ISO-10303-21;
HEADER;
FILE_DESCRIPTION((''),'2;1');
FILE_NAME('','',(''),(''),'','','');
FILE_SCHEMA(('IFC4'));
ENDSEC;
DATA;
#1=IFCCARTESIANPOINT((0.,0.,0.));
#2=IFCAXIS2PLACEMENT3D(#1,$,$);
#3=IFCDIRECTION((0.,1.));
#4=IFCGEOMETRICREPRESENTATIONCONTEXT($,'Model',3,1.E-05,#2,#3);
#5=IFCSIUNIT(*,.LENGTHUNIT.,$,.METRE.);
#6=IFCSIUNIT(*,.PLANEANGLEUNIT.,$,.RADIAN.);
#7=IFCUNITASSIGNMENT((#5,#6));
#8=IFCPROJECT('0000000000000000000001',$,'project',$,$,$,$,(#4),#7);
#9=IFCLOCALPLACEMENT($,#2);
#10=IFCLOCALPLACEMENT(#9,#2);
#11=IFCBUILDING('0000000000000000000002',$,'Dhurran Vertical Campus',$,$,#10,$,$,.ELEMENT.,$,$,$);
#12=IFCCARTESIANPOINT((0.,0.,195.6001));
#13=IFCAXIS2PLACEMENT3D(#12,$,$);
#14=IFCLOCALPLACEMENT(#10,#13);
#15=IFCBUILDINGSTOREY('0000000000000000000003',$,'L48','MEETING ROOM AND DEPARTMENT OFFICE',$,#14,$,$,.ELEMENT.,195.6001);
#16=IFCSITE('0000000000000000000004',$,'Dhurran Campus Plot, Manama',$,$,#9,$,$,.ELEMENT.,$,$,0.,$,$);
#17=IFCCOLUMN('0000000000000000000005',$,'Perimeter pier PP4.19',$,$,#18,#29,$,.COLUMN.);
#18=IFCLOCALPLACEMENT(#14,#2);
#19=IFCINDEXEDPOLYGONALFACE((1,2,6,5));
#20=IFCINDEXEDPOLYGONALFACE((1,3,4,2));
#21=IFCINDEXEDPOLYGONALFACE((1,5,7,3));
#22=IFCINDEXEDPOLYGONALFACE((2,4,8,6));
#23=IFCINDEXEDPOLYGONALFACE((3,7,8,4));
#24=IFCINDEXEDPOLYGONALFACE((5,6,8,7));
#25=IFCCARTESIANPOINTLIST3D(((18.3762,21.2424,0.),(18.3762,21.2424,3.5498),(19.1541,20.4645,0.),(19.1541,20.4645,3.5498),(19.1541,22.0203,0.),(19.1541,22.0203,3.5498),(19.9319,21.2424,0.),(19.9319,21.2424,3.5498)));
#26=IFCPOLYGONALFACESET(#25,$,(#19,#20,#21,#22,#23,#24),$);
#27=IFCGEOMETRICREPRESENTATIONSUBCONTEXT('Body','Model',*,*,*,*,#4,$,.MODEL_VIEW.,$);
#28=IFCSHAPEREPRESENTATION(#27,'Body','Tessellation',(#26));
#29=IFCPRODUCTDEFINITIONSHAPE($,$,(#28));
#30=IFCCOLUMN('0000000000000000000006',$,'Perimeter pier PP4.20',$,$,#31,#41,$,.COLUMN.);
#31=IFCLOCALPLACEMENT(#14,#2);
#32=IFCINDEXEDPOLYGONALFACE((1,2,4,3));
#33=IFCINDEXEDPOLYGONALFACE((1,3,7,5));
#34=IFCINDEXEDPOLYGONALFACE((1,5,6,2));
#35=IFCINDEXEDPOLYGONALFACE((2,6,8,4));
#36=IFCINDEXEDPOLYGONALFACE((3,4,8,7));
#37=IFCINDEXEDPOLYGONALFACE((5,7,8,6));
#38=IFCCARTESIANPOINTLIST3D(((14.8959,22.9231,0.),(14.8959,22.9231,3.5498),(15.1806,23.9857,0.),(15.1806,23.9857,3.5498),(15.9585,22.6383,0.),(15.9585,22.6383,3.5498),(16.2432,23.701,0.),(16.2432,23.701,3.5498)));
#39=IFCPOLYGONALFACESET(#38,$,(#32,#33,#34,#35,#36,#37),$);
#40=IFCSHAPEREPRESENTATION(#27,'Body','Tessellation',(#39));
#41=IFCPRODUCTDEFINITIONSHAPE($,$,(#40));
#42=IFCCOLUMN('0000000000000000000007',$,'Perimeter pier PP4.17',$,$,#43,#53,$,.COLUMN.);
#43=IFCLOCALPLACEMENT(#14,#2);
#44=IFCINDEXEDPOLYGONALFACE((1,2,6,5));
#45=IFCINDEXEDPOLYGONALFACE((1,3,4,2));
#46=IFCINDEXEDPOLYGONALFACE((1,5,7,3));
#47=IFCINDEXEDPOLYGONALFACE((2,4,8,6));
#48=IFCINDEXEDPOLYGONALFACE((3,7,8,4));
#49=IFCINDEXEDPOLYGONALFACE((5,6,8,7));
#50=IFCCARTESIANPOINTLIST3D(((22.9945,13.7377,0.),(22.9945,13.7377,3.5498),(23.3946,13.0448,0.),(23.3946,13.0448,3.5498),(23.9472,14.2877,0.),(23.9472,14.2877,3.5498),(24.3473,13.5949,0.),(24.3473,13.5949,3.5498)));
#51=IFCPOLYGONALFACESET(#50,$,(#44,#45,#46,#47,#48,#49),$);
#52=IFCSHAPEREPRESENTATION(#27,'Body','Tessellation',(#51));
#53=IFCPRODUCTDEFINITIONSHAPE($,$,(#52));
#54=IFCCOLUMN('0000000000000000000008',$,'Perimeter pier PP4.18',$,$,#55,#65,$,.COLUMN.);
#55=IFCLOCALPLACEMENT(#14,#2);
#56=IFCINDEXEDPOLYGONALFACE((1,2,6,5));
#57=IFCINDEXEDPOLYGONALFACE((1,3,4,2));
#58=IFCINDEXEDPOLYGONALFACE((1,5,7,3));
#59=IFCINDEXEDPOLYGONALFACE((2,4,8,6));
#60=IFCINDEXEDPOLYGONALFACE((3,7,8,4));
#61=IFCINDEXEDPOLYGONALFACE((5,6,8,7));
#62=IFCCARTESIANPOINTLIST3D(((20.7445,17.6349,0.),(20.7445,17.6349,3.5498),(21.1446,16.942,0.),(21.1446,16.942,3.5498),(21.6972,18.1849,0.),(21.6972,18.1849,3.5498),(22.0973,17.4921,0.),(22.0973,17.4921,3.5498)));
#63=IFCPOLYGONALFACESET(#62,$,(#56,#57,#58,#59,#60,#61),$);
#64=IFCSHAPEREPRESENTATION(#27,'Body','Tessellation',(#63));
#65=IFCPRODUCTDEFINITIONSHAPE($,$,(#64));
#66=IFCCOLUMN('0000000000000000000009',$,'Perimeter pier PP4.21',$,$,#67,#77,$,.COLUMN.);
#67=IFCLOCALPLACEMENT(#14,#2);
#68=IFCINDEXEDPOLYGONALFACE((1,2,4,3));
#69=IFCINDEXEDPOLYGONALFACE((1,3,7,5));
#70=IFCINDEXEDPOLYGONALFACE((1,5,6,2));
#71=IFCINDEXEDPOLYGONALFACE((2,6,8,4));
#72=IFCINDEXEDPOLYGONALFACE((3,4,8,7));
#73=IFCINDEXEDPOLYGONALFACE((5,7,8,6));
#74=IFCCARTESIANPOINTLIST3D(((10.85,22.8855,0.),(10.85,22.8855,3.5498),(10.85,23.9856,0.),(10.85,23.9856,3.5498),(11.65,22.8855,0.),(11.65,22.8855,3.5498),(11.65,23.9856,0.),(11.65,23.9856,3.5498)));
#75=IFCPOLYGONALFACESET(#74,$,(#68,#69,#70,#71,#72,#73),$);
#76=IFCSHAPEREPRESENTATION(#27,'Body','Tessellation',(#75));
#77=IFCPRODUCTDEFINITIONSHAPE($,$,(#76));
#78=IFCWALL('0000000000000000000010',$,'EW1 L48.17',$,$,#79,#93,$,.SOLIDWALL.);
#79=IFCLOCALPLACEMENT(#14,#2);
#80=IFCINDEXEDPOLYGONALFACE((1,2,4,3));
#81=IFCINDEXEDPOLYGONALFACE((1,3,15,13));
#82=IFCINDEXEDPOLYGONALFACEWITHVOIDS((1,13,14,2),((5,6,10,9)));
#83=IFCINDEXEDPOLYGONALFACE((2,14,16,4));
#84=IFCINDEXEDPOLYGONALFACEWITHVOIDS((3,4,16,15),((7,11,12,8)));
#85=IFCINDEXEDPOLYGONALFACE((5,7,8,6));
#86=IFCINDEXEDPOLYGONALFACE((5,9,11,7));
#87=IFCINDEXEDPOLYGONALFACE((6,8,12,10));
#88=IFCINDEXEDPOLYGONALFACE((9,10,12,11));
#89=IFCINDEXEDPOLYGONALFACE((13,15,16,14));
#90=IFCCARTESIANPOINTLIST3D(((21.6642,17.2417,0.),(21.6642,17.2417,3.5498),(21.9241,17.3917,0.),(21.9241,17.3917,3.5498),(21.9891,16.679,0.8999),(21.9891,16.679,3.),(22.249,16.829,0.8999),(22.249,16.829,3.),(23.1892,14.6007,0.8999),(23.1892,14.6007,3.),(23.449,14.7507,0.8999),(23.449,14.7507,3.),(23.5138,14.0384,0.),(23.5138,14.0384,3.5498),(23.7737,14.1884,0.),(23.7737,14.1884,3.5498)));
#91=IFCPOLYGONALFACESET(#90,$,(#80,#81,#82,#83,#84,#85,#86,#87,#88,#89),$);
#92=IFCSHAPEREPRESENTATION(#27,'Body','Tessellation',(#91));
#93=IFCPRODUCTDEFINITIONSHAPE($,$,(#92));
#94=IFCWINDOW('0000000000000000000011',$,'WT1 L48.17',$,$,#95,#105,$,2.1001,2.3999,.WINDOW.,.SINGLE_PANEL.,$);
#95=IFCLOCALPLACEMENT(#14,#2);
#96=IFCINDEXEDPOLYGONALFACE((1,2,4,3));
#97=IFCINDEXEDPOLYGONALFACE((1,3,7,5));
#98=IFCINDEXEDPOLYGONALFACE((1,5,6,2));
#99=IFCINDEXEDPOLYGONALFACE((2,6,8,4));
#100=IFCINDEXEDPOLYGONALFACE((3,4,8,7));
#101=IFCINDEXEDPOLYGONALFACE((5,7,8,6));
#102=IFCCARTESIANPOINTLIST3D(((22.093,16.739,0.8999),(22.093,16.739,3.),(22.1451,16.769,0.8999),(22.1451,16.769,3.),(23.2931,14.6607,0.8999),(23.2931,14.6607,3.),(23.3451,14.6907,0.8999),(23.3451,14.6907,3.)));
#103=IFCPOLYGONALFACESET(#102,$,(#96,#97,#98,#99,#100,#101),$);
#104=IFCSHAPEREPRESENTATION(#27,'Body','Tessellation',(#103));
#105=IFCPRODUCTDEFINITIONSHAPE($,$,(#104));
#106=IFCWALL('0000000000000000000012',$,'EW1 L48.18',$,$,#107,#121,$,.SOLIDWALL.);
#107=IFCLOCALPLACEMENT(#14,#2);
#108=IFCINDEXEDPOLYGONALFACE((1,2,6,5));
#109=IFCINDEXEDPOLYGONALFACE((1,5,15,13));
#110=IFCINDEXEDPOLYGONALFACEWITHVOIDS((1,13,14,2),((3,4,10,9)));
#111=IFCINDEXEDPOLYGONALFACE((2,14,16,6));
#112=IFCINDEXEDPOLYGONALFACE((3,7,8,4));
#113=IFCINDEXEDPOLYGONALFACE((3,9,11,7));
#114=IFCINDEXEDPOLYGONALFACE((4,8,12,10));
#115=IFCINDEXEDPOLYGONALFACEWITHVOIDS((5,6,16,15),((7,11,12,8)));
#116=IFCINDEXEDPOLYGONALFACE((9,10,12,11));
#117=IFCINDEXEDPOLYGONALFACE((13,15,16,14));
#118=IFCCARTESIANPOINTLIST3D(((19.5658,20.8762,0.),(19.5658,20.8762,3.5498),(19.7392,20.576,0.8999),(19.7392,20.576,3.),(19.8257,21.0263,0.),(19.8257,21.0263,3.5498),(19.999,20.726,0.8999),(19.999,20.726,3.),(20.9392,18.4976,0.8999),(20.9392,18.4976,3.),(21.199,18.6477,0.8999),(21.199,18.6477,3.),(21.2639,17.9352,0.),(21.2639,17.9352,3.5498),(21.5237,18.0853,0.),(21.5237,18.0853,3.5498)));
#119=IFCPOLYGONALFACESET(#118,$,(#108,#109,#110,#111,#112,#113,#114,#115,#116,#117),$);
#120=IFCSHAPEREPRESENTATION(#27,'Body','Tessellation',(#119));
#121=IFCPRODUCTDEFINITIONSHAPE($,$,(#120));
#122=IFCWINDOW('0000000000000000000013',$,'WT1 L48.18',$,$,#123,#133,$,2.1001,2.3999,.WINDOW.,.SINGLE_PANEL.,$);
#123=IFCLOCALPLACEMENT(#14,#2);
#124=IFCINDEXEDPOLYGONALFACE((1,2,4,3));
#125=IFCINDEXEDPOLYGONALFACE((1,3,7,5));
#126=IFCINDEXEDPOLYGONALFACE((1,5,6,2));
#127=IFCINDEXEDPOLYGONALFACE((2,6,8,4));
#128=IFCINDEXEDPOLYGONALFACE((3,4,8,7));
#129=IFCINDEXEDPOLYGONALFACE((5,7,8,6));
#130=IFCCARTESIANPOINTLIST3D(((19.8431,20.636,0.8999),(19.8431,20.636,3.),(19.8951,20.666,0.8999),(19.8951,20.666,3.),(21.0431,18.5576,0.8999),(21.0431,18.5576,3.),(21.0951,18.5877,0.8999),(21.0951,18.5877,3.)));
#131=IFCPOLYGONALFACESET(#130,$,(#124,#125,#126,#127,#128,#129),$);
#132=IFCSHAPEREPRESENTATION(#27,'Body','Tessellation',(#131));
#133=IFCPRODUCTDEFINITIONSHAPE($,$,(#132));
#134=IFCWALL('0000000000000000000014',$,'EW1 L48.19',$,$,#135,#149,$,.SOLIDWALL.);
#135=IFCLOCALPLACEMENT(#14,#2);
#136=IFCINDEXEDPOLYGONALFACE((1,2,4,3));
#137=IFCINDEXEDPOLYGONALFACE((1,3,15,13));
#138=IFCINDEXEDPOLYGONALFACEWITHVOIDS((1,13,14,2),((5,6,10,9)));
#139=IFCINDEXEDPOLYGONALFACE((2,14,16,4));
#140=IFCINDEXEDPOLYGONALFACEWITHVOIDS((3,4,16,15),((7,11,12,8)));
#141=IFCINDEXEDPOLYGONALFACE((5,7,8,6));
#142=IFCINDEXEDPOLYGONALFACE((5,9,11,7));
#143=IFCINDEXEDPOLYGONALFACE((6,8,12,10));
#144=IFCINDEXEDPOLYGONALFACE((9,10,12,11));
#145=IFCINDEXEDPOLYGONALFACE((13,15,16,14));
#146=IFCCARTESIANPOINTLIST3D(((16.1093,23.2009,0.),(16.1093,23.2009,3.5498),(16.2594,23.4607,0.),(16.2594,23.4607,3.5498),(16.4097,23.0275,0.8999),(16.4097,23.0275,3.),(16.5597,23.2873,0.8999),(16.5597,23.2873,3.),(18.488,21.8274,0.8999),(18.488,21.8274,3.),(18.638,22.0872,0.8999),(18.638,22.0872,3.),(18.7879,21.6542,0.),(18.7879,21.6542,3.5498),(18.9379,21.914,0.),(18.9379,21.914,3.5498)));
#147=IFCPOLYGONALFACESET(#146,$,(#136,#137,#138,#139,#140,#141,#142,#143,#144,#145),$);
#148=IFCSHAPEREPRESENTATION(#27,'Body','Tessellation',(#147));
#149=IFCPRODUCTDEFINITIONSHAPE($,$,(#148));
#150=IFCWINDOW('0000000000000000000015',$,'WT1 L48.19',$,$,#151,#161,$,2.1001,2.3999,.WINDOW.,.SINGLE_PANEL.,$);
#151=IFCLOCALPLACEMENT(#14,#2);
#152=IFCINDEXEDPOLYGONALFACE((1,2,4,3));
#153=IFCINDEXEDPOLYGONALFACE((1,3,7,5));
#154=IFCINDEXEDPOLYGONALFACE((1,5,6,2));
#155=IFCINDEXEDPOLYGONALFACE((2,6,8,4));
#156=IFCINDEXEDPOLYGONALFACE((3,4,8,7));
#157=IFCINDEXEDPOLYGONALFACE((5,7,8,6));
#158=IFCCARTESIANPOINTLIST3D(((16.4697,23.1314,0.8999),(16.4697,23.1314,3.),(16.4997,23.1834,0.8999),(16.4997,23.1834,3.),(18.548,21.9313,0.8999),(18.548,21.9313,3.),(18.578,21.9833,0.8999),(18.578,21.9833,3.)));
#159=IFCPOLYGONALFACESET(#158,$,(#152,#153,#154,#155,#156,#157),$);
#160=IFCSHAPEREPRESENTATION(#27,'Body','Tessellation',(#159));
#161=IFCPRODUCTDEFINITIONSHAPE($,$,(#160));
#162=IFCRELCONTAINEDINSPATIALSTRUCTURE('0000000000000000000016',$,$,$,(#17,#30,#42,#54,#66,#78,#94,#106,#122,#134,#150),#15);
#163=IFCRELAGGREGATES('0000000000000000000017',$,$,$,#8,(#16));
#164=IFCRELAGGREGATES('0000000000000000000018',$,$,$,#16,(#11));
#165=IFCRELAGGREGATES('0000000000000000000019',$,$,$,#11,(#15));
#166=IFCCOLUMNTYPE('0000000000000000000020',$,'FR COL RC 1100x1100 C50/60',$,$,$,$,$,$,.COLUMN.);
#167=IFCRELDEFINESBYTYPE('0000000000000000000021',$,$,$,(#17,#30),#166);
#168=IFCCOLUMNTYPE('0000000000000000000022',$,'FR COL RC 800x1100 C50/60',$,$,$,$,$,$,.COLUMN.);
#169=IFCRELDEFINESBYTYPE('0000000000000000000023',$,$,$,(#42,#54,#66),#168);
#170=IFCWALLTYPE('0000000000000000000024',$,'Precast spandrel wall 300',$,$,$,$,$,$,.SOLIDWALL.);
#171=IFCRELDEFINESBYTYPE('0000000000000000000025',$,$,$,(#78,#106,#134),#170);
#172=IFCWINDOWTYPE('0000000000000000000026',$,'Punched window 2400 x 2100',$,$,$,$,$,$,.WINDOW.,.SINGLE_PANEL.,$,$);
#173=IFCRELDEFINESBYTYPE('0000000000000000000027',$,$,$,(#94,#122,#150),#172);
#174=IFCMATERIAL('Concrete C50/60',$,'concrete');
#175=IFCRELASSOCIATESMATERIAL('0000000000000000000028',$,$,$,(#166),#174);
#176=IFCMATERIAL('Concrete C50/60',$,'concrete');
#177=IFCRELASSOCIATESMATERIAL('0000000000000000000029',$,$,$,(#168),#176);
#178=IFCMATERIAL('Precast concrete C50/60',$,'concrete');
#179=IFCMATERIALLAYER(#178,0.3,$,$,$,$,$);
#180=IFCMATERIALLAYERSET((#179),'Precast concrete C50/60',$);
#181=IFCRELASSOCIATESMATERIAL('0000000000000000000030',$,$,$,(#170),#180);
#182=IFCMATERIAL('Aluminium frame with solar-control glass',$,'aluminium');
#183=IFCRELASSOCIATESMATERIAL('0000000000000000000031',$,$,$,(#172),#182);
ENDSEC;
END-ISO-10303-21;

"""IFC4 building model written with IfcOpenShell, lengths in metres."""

from ifc_helpers import new_model, si_unit, direction, frame, frame_2d, origin, origin_2d, place, context, subcontext, project, spatial, rectangle, extrude, material, layer, layer_set, material_profile, profile_set, type_object, element, fill, save


model = new_model("IFC4")

# Units and contexts
model_context = context("Model", 3, precision=1e-05, world=origin(), true_north=direction((0.0, 1.0)))
body_context = subcontext(model_context, "Body", "Model", "MODEL_VIEW")
ifc_project = project(units=[si_unit("LENGTHUNIT", "METRE"), si_unit("PLANEANGLEUNIT", "RADIAN")], contexts=[model_context])

# Site, building, storey
site_placement = place(None, origin())
site = spatial("IfcSite", under=ifc_project, at=site_placement, Name="Dhurran Campus Plot, Manama", CompositionType="ELEMENT", RefElevation=0.0)
building_placement = place(site_placement, origin())
building = spatial("IfcBuilding", under=site, at=building_placement, Name="Dhurran Vertical Campus", CompositionType="ELEMENT")
storey_placement = place(building_placement, frame((0.0, 0.0, 195.6001)))
storey = spatial("IfcBuildingStorey", under=building, at=storey_placement, Name="L48", Description="MEETING ROOM AND DEPARTMENT OFFICE", CompositionType="ELEMENT", Elevation=195.6001)

# Columns
ifc_material_1 = material(Name="Concrete C50/60", Category="concrete")
ifc_material_profile_1 = material_profile(ifc_material_1, rectangle(XDim=1.1001, YDim=1.1001, at=origin_2d()), Name="RC 1100x1100")
ifc_profile_set_1 = profile_set([ifc_material_profile_1], Name="Concrete C50/60")
column_type_1 = type_object("IfcColumnType", Name="FR COL RC 1100x1100 C50/60", PredefinedType="COLUMN", material=ifc_profile_set_1)
for number, where, z_axis, x_axis, name in (
    (1, (19.1541, 21.2424, 0.0), (0.0, 0.0, 1.0), (-0.707107, 0.707107, 0.0), "Perimeter pier PP4.19"),
    (2, (15.5696, 23.312, 0.0), (0.0, 0.0, 1.0), (-0.965926, 0.258819, 0.0), "Perimeter pier PP4.20"),
):
    element("IfcColumn", number, at=place(storey_placement, frame(where, z_axis=z_axis, x_axis=x_axis)), inside=storey, type_object=column_type_1, Name=name, PredefinedType="COLUMN", context=body_context, shape_type="SweptSolid", body=[
        extrude(rectangle(XDim=1.1001, YDim=1.1001, at=origin_2d()), origin(), (0.0, 0.0, 1.0), 3.5498),
    ])
ifc_material_2 = material(Name="Concrete C50/60", Category="concrete")
ifc_material_profile_2 = material_profile(ifc_material_2, rectangle(XDim=0.8, YDim=1.1001, at=origin_2d()), Name="RC 800x1100")
ifc_profile_set_2 = profile_set([ifc_material_profile_2], Name="Concrete C50/60")
column_type_2 = type_object("IfcColumnType", Name="FR COL RC 800x1100 C50/60", PredefinedType="COLUMN", material=ifc_profile_set_2)
for number, where, z_axis, x_axis, name in (
    (3, (23.6709, 13.6663, 0.0), (0.0, 0.0, 1.0), (-0.5, 0.866025, 0.0), "Perimeter pier PP4.17"),
    (4, (21.4209, 17.5635, 0.0), (0.0, 0.0, 1.0), (-0.5, 0.866025, 0.0), "Perimeter pier PP4.18"),
    (5, (11.25, 23.4355, 0.0), (0.0, 0.0, 1.0), (-1.0, 0.0, 0.0), "Perimeter pier PP4.21"),
):
    element("IfcColumn", number, at=place(storey_placement, frame(where, z_axis=z_axis, x_axis=x_axis)), inside=storey, type_object=column_type_2, Name=name, PredefinedType="COLUMN", context=body_context, shape_type="SweptSolid", body=[
        extrude(rectangle(XDim=0.8, YDim=1.1001, at=origin_2d()), origin(), (0.0, 0.0, 1.0), 3.5498),
    ])

# Walls, openings, windows
ifc_material_3 = material(Name="Precast concrete C50/60", Category="concrete")
ifc_layer_1 = layer(ifc_material_3, 0.3)
ifc_layer_set_1 = layer_set([ifc_layer_1], Name="Precast concrete C50/60")
wall_type_1 = type_object("IfcWallType", Name="Precast spandrel wall 300", PredefinedType="SOLIDWALL", material=ifc_layer_set_1)
wall_1_placement = place(storey_placement, frame((23.6438, 14.1133, 0.0), z_axis=(0.0, 0.0, 1.0), x_axis=(-0.500029, 0.866009, 0.0)))
wall_1 = element("IfcWall", 6, at=wall_1_placement, inside=storey, type_object=wall_type_1, Name="EW1 L48.17", PredefinedType="SOLIDWALL", context=body_context, shape_type="SweptSolid", body=[
    extrude(rectangle(XDim=3.699, YDim=0.3, at=frame_2d((1.8496, 0.0))), origin(), (0.0, 0.0, 1.0), 3.5498),
])
opening_1_placement = place(wall_1_placement, frame((0.6494, 0.0, 0.8999)))
opening_1 = element("IfcOpeningElement", 7, at=opening_1_placement, cuts=wall_1, PredefinedType="OPENING", context=body_context, shape_type="SweptSolid", body=[
    extrude(rectangle(XDim=2.3999, YDim=2.1001, at=frame_2d((1.2, 1.05))), frame((0.0, 0.1599, 0.0), z_axis=(0.0, -1.0, 0.0), x_axis=(1.0, 0.0, 0.0)), (0.0, 0.0, 1.0), 0.3201),
])
ifc_material_4 = material(Name="Aluminium frame with solar-control glass", Category="aluminium")
window_type = type_object("IfcWindowType", Name="Punched window 2400 x 2100", PartitioningType="SINGLE_PANEL", PredefinedType="WINDOW", material=ifc_material_4)
window_1_placement = place(opening_1_placement, origin())
window_1 = element("IfcWindow", 8, at=window_1_placement, inside=storey, type_object=window_type, Name="WT1 L48.17", OverallHeight=2.1001, OverallWidth=2.3999, PartitioningType="SINGLE_PANEL", PredefinedType="WINDOW", context=body_context, shape_type="SweptSolid", body=[
    extrude(rectangle(XDim=2.3999, YDim=2.1001, at=frame_2d((1.2, 1.05))), frame((0.0, 0.03, 0.0), z_axis=(0.0, -1.0, 0.0), x_axis=(1.0, 0.0, 0.0)), (0.0, 0.0, 1.0), 0.0601),
])
fill(opening_1, window_1)
wall_2_placement = place(storey_placement, frame((21.3938, 18.0103, 0.0), z_axis=(0.0, 0.0, 1.0), x_axis=(-0.500013, 0.866018, 0.0)))
wall_2 = element("IfcWall", 9, at=wall_2_placement, inside=storey, type_object=wall_type_1, Name="EW1 L48.18", PredefinedType="SOLIDWALL", context=body_context, shape_type="SweptSolid", body=[
    extrude(rectangle(XDim=3.396, YDim=0.3, at=frame_2d((1.698, 0.0))), origin(), (0.0, 0.0, 1.0), 3.5498),
])
opening_2_placement = place(wall_2_placement, frame((0.6494, 0.0, 0.8999)))
opening_2 = element("IfcOpeningElement", 10, at=opening_2_placement, cuts=wall_2, PredefinedType="OPENING", context=body_context, shape_type="SweptSolid", body=[
    extrude(rectangle(XDim=2.3999, YDim=2.1001, at=frame_2d((1.2, 1.05))), frame((0.0, 0.1599, 0.0), z_axis=(0.0, -1.0, 0.0), x_axis=(1.0, 0.0, 0.0)), (0.0, 0.0, 1.0), 0.3201),
])
window_2_placement = place(opening_2_placement, origin())
window_2 = element("IfcWindow", 11, at=window_2_placement, inside=storey, type_object=window_type, Name="WT1 L48.18", OverallHeight=2.1001, OverallWidth=2.3999, PartitioningType="SINGLE_PANEL", PredefinedType="WINDOW", context=body_context, shape_type="SweptSolid", body=[
    extrude(rectangle(XDim=2.3999, YDim=2.1001, at=frame_2d((1.2, 1.05))), frame((0.0, 0.03, 0.0), z_axis=(0.0, -1.0, 0.0), x_axis=(1.0, 0.0, 0.0)), (0.0, 0.0, 1.0), 0.0601),
])
fill(opening_2, window_2)
wall_3_placement = place(storey_placement, frame((18.8628, 21.7842, 0.0), z_axis=(0.0, 0.0, 1.0), x_axis=(-0.865995, 0.500053, 0.0)))
wall_3 = element("IfcWall", 12, at=wall_3_placement, inside=storey, type_object=wall_type_1, Name="EW1 L48.19", PredefinedType="SOLIDWALL", context=body_context, shape_type="SweptSolid", body=[
    extrude(rectangle(XDim=3.093, YDim=0.3, at=frame_2d((1.5464, 0.0))), origin(), (0.0, 0.0, 1.0), 3.5498),
])
opening_3_placement = place(wall_3_placement, frame((0.3462, 0.0, 0.8999)))
opening_3 = element("IfcOpeningElement", 13, at=opening_3_placement, cuts=wall_3, PredefinedType="OPENING", context=body_context, shape_type="SweptSolid", body=[
    extrude(rectangle(XDim=2.3999, YDim=2.1001, at=frame_2d((1.2, 1.05))), frame((0.0, 0.1599, 0.0), z_axis=(0.0, -1.0, 0.0), x_axis=(1.0, 0.0, 0.0)), (0.0, 0.0, 1.0), 0.3201),
])
window_3_placement = place(opening_3_placement, origin())
window_3 = element("IfcWindow", 14, at=window_3_placement, inside=storey, type_object=window_type, Name="WT1 L48.19", OverallHeight=2.1001, OverallWidth=2.3999, PartitioningType="SINGLE_PANEL", PredefinedType="WINDOW", context=body_context, shape_type="SweptSolid", body=[
    extrude(rectangle(XDim=2.3999, YDim=2.1001, at=frame_2d((1.2, 1.05))), frame((0.0, 0.03, 0.0), z_axis=(0.0, -1.0, 0.0), x_axis=(1.0, 0.0, 0.0)), (0.0, 0.0, 1.0), 0.0601),
])
fill(opening_3, window_3)

save(model, "model.ifc")
